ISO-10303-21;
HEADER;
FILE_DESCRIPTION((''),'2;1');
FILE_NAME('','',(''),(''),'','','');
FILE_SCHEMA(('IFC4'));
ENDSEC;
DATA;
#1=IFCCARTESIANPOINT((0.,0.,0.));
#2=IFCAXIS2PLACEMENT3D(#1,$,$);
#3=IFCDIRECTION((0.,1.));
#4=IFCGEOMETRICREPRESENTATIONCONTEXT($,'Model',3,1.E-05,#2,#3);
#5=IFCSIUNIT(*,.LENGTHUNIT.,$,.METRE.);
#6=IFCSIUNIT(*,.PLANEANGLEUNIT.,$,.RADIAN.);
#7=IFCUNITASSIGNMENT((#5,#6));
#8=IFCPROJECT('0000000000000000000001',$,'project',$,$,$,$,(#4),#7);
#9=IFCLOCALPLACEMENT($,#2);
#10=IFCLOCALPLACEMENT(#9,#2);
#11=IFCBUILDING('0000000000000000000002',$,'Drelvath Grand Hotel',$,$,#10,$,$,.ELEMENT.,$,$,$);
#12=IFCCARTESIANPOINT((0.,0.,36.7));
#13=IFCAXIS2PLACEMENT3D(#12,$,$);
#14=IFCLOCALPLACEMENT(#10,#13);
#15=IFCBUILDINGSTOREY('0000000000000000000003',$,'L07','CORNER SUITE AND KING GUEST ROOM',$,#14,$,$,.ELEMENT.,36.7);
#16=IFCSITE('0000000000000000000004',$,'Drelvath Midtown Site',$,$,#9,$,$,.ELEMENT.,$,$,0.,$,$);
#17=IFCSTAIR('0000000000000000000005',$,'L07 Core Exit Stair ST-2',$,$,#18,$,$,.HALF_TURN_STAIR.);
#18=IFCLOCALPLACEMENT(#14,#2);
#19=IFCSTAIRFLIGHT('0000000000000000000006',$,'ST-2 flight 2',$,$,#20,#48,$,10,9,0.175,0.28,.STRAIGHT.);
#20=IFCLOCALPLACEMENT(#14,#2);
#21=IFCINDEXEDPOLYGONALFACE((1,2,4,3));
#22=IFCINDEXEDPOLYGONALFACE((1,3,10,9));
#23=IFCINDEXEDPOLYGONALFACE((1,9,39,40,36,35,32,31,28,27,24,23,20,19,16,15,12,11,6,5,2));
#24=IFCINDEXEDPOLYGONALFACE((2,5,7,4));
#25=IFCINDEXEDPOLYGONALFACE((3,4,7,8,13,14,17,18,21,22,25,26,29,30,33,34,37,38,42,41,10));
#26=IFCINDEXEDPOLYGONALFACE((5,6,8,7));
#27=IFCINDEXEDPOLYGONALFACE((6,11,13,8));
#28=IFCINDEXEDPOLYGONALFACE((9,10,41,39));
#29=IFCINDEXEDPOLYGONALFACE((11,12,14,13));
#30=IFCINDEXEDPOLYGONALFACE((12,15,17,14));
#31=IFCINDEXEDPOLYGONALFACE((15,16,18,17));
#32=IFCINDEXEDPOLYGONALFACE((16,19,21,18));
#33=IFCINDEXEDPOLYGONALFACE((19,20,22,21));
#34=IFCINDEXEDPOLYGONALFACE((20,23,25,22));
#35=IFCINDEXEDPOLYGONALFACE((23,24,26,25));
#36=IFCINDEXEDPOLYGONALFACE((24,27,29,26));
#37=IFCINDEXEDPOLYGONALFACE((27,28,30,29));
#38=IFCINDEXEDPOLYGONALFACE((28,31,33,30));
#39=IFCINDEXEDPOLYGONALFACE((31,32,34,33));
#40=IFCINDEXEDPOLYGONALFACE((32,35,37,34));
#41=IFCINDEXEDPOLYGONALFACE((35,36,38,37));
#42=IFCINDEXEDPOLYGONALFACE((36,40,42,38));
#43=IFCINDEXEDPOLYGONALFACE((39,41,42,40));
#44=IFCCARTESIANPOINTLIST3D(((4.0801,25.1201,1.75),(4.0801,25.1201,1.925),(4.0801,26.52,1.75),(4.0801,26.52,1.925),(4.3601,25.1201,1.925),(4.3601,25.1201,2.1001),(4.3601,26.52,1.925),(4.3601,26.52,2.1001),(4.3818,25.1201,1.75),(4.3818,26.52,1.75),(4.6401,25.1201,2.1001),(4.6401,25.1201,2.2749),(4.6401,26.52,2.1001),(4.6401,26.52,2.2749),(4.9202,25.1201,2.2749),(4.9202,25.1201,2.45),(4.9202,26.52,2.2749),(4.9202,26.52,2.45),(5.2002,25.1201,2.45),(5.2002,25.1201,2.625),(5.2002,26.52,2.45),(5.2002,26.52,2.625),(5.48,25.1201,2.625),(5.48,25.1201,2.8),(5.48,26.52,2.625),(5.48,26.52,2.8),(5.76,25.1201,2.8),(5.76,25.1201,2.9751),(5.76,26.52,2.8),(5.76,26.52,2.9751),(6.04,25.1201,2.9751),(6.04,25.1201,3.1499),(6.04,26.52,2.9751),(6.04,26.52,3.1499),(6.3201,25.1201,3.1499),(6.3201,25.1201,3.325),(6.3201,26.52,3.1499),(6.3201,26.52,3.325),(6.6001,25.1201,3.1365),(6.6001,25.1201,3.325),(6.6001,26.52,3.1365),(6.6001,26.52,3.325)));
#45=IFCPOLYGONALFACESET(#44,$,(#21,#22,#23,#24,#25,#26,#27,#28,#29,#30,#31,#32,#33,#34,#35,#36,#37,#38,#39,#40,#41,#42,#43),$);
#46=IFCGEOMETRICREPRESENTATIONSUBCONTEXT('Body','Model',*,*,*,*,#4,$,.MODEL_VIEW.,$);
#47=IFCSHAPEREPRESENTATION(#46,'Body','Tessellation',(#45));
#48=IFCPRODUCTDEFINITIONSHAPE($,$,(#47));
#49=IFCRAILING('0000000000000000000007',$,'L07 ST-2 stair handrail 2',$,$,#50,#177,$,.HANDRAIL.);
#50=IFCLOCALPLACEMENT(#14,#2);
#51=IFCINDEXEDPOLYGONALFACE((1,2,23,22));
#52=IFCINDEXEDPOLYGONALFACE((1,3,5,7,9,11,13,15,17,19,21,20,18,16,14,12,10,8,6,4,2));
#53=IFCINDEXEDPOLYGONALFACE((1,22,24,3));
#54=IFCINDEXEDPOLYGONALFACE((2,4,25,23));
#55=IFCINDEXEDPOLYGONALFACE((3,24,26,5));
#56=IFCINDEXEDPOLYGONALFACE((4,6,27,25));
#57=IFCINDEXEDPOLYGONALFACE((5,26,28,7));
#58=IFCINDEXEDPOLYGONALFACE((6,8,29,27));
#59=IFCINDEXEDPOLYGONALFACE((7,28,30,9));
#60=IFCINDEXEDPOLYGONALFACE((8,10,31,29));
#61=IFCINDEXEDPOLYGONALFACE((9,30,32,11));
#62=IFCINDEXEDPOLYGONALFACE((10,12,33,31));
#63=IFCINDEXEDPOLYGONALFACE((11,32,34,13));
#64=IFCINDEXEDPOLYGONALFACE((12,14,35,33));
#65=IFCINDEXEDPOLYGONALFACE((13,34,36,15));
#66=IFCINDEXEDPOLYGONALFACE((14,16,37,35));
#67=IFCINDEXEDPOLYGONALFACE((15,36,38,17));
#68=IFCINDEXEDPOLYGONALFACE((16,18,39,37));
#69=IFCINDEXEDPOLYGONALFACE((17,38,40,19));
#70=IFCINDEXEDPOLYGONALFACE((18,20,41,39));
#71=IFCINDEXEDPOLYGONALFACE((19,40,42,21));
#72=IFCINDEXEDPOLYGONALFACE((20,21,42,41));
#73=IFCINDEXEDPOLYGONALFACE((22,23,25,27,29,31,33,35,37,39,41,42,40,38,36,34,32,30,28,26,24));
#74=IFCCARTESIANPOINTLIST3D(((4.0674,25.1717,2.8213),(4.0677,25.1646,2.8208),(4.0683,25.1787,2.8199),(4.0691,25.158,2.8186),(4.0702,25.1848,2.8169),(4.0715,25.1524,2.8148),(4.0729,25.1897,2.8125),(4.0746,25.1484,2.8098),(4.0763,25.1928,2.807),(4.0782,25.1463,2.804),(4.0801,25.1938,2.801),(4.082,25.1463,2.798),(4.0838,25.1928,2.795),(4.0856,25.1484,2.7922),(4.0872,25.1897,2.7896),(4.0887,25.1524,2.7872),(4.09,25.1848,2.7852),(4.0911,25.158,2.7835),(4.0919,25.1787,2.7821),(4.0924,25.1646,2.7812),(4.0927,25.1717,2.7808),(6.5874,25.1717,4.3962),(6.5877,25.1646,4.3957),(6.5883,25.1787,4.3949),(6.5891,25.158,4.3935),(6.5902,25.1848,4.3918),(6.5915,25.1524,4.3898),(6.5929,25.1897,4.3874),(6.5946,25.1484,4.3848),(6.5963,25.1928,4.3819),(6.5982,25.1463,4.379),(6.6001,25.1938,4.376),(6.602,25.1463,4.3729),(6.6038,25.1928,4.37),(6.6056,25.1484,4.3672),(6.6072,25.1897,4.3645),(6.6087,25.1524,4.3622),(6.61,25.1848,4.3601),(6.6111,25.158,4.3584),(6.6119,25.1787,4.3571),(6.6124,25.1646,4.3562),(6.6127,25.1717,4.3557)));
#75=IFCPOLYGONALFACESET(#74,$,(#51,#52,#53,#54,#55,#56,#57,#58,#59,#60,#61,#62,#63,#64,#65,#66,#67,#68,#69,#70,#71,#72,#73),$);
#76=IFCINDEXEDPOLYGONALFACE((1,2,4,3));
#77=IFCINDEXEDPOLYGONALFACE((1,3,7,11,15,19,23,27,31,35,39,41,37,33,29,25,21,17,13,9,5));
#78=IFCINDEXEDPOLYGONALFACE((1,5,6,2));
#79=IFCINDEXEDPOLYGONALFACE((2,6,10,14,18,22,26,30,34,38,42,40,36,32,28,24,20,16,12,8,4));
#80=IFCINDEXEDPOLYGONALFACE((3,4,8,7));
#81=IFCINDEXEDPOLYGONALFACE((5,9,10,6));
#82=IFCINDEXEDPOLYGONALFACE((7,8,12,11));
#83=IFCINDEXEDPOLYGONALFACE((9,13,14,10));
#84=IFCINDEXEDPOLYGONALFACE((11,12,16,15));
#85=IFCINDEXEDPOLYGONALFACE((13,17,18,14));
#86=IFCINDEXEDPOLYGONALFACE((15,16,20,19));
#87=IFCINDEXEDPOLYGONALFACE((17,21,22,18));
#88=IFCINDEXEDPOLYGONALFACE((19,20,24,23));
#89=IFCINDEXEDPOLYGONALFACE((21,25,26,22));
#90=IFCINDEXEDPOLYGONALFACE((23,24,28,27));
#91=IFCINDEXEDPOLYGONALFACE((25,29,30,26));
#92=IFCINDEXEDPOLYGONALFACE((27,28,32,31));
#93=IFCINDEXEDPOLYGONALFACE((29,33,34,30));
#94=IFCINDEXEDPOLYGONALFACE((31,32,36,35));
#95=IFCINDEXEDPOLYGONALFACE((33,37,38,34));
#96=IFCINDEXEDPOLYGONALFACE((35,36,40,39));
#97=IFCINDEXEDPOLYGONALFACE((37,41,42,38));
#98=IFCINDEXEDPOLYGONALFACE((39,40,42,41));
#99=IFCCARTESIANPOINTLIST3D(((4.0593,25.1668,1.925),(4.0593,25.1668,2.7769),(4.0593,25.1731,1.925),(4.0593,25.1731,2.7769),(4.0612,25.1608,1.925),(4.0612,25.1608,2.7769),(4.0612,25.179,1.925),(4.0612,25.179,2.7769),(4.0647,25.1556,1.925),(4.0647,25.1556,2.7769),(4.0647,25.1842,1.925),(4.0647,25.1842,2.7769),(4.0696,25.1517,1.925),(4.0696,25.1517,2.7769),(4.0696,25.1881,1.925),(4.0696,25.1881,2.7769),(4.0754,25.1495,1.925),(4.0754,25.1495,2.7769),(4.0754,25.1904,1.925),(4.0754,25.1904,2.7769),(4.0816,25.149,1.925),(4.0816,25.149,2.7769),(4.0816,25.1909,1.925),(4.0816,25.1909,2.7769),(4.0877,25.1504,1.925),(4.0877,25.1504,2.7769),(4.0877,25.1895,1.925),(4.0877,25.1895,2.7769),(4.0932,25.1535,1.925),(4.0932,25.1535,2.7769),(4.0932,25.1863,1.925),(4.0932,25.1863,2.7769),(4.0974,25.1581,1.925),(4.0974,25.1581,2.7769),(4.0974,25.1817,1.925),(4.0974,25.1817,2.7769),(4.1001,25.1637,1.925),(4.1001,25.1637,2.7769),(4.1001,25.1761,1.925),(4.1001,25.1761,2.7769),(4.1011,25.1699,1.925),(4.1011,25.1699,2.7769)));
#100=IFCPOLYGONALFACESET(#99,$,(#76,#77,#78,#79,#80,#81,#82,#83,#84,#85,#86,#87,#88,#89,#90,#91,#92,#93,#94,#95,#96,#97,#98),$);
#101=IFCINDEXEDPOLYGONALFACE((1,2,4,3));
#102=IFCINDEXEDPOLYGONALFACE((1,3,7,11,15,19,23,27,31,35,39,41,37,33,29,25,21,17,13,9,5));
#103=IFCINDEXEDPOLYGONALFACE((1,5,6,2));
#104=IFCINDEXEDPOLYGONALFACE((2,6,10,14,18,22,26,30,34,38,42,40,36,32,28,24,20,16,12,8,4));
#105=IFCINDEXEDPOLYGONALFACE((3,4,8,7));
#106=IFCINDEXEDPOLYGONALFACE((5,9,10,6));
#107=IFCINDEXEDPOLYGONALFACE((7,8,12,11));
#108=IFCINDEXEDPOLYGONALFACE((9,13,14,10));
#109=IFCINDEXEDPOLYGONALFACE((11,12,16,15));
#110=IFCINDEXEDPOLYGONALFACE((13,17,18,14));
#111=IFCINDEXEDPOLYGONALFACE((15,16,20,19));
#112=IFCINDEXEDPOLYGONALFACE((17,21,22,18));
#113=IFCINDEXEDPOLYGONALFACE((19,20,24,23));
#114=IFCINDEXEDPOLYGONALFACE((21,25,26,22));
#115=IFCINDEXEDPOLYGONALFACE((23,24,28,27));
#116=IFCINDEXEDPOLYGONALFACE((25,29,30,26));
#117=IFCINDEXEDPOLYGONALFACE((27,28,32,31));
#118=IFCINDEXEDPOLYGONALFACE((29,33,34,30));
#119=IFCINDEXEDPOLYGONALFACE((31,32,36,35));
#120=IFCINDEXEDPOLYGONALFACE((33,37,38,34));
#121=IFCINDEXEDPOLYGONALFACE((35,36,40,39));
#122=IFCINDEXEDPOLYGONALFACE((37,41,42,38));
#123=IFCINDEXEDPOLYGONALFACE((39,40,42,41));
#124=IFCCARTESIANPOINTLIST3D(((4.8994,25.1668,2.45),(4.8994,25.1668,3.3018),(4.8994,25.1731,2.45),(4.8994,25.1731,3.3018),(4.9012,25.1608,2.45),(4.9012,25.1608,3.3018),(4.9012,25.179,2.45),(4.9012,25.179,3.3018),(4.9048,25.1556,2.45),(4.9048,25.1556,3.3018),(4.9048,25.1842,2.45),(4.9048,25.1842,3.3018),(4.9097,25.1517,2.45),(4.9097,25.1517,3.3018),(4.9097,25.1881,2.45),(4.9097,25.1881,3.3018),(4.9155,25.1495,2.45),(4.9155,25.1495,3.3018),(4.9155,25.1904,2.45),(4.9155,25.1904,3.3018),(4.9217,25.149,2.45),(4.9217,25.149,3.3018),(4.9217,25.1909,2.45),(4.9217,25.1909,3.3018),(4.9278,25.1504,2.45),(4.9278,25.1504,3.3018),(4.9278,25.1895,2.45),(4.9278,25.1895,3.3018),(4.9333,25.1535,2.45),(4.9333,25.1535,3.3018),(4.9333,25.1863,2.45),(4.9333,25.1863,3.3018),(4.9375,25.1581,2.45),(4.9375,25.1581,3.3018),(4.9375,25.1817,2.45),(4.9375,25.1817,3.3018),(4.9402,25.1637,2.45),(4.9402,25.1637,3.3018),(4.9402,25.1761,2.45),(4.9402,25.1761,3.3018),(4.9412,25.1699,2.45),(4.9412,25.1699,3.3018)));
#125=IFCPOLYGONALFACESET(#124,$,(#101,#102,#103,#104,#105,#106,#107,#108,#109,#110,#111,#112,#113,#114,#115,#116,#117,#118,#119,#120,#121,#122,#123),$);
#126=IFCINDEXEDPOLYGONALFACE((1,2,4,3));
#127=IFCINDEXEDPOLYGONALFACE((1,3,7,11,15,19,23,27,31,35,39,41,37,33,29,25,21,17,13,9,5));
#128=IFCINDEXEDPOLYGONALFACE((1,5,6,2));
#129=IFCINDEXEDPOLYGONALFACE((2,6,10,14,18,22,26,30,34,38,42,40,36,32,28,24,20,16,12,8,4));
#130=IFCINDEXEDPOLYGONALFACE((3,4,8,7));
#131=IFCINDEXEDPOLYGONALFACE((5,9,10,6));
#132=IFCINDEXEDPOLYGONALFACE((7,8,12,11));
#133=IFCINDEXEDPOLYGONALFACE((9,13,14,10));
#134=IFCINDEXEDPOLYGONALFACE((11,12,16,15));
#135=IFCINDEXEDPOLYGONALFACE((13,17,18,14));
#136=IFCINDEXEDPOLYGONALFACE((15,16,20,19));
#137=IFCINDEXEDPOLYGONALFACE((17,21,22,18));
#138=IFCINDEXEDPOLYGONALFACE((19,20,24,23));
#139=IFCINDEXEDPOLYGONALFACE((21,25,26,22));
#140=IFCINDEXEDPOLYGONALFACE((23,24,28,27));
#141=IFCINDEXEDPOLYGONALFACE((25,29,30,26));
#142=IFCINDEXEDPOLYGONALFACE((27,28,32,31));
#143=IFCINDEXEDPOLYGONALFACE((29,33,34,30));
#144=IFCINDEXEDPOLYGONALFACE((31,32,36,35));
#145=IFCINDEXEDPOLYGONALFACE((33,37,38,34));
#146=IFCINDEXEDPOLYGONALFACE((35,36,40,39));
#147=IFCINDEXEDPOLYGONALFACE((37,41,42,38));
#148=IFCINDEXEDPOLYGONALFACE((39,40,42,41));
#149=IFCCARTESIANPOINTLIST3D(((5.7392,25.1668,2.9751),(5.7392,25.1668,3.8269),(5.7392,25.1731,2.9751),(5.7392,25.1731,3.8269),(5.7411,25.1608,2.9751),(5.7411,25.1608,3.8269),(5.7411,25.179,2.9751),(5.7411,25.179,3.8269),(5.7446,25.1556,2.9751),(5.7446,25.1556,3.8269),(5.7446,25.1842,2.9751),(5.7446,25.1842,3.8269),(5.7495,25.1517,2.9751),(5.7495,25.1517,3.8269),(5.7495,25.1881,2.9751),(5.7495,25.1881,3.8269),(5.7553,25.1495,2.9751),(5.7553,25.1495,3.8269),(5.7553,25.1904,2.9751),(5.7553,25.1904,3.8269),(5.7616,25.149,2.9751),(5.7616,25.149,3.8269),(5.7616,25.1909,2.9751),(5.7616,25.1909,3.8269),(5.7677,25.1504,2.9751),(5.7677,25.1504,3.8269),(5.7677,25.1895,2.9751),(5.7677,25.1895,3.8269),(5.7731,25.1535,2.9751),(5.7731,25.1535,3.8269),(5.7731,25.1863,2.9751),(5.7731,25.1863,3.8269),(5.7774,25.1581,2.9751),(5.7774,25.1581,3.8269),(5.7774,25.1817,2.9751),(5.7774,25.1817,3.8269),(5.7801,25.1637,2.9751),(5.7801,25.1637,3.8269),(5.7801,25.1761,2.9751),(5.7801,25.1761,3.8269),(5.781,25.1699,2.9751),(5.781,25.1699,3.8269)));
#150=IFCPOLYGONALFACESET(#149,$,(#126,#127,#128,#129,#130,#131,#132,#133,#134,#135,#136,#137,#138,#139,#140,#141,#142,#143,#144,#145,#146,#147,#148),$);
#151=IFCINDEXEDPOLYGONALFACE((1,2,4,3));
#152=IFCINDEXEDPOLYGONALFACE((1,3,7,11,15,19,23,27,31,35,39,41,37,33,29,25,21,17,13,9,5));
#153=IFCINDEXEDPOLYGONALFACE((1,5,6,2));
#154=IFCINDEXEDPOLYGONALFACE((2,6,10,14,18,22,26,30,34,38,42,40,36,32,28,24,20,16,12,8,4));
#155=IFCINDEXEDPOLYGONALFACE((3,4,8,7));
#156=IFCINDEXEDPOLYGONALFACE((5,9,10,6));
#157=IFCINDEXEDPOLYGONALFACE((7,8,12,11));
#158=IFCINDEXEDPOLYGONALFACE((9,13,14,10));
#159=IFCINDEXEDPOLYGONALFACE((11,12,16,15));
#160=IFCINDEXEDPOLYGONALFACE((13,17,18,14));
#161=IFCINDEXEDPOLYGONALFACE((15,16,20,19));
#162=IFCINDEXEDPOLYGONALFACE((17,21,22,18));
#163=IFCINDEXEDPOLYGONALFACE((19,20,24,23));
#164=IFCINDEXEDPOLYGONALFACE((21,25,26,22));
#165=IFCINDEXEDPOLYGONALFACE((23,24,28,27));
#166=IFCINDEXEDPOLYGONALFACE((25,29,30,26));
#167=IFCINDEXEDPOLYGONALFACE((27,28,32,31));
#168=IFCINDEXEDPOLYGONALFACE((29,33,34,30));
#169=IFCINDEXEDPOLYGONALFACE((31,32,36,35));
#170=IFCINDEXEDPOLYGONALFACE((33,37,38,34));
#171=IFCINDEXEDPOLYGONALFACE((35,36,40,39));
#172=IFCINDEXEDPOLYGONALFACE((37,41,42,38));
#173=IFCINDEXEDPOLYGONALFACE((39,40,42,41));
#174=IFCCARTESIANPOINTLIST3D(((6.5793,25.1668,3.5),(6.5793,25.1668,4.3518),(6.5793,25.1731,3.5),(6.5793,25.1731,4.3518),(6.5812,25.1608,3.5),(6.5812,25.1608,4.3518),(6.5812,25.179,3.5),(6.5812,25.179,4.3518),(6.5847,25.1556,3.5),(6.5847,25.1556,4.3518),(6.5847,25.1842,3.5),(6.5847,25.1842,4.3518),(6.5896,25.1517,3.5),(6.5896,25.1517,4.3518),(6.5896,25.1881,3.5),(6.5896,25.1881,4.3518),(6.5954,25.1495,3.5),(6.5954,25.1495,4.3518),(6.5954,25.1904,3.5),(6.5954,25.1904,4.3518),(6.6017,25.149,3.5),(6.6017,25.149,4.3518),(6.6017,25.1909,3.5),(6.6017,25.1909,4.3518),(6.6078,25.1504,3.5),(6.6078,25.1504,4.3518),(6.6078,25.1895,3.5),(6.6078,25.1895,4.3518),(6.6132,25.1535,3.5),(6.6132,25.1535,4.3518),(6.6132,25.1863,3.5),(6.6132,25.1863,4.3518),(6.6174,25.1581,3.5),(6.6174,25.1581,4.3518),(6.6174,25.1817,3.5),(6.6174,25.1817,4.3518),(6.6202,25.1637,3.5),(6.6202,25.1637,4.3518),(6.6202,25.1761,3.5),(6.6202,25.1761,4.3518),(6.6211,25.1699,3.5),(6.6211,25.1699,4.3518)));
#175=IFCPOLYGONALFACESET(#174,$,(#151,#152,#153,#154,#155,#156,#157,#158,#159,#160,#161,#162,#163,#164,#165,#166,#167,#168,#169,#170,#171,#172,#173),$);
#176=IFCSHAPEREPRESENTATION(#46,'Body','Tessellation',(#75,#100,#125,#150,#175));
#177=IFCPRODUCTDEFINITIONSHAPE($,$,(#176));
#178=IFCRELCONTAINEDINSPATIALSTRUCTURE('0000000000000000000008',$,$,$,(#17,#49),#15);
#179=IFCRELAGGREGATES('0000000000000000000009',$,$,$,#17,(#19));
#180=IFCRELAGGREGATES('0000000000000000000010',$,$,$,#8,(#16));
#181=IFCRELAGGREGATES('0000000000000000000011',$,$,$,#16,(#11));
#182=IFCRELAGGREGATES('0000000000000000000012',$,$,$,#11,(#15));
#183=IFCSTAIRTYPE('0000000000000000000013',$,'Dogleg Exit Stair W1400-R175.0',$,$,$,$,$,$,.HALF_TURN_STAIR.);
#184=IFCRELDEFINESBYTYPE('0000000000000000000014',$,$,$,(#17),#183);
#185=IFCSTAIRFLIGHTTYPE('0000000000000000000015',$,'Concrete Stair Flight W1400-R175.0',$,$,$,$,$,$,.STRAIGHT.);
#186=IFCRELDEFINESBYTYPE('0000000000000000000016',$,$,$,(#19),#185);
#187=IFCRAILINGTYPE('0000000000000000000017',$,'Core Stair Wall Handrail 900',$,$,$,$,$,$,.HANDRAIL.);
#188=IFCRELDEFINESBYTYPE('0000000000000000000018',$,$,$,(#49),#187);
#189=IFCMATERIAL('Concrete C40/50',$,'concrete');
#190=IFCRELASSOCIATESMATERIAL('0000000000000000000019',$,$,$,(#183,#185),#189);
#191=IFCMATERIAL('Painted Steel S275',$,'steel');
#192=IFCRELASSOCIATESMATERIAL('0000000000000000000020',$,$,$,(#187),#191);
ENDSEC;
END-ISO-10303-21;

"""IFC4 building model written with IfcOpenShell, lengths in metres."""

from ifc_helpers import new_model, si_unit, direction, frame, origin, origin_2d, place, context, subcontext, project, spatial, polyline, circle, outline, extrude, material, type_object, element, aggregate, save


model = new_model("IFC4")

# Units and contexts
model_context = context("Model", 3, precision=1e-05, world=origin(), true_north=direction((0.0, 1.0)))
body_context = subcontext(model_context, "Body", "Model", "MODEL_VIEW")
ifc_project = project(units=[si_unit("LENGTHUNIT", "METRE"), si_unit("PLANEANGLEUNIT", "RADIAN")], contexts=[model_context])

# Site, building, storey
site_placement = place(None, origin())
site = spatial("IfcSite", under=ifc_project, at=site_placement, Name="Drelvath Midtown Site", CompositionType="ELEMENT", RefElevation=0.0)
building_placement = place(site_placement, origin())
building = spatial("IfcBuilding", under=site, at=building_placement, Name="Drelvath Grand Hotel", CompositionType="ELEMENT")
storey_placement = place(building_placement, frame((0.0, 0.0, 36.7)))
storey = spatial("IfcBuildingStorey", under=building, at=storey_placement, Name="L07", Description="CORNER SUITE AND KING GUEST ROOM", CompositionType="ELEMENT", Elevation=36.7)

# Shared definitions
ifc_material_1 = material(Name="Concrete C40/50", Category="concrete")

# Shared definitions
ifc_material_2 = material(Name="Painted Steel S275", Category="steel")

# Stair, stair flight
stair_type = type_object("IfcStairType", Name="Dogleg Exit Stair W1400-R175.0", PredefinedType="HALF_TURN_STAIR", material=ifc_material_1)
stair_placement = place(storey_placement, origin())
stair = element("IfcStair", 1, at=stair_placement, inside=storey, type_object=stair_type, Name="L07 Core Exit Stair ST-2", PredefinedType="HALF_TURN_STAIR")
stair_flight_type = type_object("IfcStairFlightType", Name="Concrete Stair Flight W1400-R175.0", PredefinedType="STRAIGHT", material=ifc_material_1)
stair_flight_placement = place(storey_placement, frame((4.0801, 25.8201, 1.75), z_axis=(0.0, 0.0, 1.0), x_axis=(1.0, 0.0, 0.0)))
stair_flight = element("IfcStairFlight", 2, at=stair_flight_placement, type_object=stair_flight_type, Name="ST-2 flight 2", NumberOfRisers=10, NumberOfTreads=9, PredefinedType="STRAIGHT", RiserHeight=0.175, TreadLength=0.28, context=body_context, shape_type="SweptSolid", body=[
    extrude(outline(polyline([(0.0, 0.0), (0.0, 0.175), (0.28, 0.175), (0.28, 0.3501), (0.5601, 0.3501), (0.5601, 0.5249), (0.8401, 0.5249), (0.8401, 0.7), (1.1201, 0.7), (1.1201, 0.875), (1.3999, 0.875), (1.3999, 1.05), (1.6799, 1.05), (1.6799, 1.2251), (1.96, 1.2251), (1.96, 1.3999), (2.24, 1.3999), (2.24, 1.575), (2.52, 1.575), (2.52, 1.75), (2.52, 1.3865), (0.3018, 0.0), (0.0, 0.0)])), frame((0.0, 0.7, 0.0), z_axis=(0.0, -1.0, 0.0), x_axis=(1.0, 0.0, 0.0)), (0.0, 0.0, 1.0), 1.3999),
])
aggregate(stair, [stair_flight])

# Railing
railing_type_1 = type_object("IfcRailingType", Name="Core Stair Wall Handrail 900", PredefinedType="HANDRAIL", material=ifc_material_2)
railing_1_placement = place(storey_placement, frame((4.0801, 25.1699, 1.925)))
element("IfcRailing", 3, at=railing_1_placement, inside=storey, type_object=railing_type_1, Name="L07 ST-2 stair handrail 2", PredefinedType="HANDRAIL", context=body_context, shape_type="SweptSolid", body=[
    extrude(circle(Radius=0.0239, at=origin_2d()), frame((0.0, 0.0, 0.876), z_axis=(0.848008, 0.0, 0.529984), x_axis=(0.0, 1.0, 0.0)), (0.0, 0.0, 1.0), 2.9717),
    extrude(circle(Radius=0.021, at=origin_2d()), origin(), (0.0, 0.0, 1.0), 0.8518),
    extrude(circle(Radius=0.021, at=origin_2d()), frame((0.8401, 0.0, 0.5249)), (0.0, 0.0, 1.0), 0.8518),
    extrude(circle(Radius=0.021, at=origin_2d()), frame((1.6799, 0.0, 1.05)), (0.0, 0.0, 1.0), 0.8518),
    extrude(circle(Radius=0.021, at=origin_2d()), frame((2.52, 0.0, 1.575)), (0.0, 0.0, 1.0), 0.8518),
])

save(model, "model.ifc")
